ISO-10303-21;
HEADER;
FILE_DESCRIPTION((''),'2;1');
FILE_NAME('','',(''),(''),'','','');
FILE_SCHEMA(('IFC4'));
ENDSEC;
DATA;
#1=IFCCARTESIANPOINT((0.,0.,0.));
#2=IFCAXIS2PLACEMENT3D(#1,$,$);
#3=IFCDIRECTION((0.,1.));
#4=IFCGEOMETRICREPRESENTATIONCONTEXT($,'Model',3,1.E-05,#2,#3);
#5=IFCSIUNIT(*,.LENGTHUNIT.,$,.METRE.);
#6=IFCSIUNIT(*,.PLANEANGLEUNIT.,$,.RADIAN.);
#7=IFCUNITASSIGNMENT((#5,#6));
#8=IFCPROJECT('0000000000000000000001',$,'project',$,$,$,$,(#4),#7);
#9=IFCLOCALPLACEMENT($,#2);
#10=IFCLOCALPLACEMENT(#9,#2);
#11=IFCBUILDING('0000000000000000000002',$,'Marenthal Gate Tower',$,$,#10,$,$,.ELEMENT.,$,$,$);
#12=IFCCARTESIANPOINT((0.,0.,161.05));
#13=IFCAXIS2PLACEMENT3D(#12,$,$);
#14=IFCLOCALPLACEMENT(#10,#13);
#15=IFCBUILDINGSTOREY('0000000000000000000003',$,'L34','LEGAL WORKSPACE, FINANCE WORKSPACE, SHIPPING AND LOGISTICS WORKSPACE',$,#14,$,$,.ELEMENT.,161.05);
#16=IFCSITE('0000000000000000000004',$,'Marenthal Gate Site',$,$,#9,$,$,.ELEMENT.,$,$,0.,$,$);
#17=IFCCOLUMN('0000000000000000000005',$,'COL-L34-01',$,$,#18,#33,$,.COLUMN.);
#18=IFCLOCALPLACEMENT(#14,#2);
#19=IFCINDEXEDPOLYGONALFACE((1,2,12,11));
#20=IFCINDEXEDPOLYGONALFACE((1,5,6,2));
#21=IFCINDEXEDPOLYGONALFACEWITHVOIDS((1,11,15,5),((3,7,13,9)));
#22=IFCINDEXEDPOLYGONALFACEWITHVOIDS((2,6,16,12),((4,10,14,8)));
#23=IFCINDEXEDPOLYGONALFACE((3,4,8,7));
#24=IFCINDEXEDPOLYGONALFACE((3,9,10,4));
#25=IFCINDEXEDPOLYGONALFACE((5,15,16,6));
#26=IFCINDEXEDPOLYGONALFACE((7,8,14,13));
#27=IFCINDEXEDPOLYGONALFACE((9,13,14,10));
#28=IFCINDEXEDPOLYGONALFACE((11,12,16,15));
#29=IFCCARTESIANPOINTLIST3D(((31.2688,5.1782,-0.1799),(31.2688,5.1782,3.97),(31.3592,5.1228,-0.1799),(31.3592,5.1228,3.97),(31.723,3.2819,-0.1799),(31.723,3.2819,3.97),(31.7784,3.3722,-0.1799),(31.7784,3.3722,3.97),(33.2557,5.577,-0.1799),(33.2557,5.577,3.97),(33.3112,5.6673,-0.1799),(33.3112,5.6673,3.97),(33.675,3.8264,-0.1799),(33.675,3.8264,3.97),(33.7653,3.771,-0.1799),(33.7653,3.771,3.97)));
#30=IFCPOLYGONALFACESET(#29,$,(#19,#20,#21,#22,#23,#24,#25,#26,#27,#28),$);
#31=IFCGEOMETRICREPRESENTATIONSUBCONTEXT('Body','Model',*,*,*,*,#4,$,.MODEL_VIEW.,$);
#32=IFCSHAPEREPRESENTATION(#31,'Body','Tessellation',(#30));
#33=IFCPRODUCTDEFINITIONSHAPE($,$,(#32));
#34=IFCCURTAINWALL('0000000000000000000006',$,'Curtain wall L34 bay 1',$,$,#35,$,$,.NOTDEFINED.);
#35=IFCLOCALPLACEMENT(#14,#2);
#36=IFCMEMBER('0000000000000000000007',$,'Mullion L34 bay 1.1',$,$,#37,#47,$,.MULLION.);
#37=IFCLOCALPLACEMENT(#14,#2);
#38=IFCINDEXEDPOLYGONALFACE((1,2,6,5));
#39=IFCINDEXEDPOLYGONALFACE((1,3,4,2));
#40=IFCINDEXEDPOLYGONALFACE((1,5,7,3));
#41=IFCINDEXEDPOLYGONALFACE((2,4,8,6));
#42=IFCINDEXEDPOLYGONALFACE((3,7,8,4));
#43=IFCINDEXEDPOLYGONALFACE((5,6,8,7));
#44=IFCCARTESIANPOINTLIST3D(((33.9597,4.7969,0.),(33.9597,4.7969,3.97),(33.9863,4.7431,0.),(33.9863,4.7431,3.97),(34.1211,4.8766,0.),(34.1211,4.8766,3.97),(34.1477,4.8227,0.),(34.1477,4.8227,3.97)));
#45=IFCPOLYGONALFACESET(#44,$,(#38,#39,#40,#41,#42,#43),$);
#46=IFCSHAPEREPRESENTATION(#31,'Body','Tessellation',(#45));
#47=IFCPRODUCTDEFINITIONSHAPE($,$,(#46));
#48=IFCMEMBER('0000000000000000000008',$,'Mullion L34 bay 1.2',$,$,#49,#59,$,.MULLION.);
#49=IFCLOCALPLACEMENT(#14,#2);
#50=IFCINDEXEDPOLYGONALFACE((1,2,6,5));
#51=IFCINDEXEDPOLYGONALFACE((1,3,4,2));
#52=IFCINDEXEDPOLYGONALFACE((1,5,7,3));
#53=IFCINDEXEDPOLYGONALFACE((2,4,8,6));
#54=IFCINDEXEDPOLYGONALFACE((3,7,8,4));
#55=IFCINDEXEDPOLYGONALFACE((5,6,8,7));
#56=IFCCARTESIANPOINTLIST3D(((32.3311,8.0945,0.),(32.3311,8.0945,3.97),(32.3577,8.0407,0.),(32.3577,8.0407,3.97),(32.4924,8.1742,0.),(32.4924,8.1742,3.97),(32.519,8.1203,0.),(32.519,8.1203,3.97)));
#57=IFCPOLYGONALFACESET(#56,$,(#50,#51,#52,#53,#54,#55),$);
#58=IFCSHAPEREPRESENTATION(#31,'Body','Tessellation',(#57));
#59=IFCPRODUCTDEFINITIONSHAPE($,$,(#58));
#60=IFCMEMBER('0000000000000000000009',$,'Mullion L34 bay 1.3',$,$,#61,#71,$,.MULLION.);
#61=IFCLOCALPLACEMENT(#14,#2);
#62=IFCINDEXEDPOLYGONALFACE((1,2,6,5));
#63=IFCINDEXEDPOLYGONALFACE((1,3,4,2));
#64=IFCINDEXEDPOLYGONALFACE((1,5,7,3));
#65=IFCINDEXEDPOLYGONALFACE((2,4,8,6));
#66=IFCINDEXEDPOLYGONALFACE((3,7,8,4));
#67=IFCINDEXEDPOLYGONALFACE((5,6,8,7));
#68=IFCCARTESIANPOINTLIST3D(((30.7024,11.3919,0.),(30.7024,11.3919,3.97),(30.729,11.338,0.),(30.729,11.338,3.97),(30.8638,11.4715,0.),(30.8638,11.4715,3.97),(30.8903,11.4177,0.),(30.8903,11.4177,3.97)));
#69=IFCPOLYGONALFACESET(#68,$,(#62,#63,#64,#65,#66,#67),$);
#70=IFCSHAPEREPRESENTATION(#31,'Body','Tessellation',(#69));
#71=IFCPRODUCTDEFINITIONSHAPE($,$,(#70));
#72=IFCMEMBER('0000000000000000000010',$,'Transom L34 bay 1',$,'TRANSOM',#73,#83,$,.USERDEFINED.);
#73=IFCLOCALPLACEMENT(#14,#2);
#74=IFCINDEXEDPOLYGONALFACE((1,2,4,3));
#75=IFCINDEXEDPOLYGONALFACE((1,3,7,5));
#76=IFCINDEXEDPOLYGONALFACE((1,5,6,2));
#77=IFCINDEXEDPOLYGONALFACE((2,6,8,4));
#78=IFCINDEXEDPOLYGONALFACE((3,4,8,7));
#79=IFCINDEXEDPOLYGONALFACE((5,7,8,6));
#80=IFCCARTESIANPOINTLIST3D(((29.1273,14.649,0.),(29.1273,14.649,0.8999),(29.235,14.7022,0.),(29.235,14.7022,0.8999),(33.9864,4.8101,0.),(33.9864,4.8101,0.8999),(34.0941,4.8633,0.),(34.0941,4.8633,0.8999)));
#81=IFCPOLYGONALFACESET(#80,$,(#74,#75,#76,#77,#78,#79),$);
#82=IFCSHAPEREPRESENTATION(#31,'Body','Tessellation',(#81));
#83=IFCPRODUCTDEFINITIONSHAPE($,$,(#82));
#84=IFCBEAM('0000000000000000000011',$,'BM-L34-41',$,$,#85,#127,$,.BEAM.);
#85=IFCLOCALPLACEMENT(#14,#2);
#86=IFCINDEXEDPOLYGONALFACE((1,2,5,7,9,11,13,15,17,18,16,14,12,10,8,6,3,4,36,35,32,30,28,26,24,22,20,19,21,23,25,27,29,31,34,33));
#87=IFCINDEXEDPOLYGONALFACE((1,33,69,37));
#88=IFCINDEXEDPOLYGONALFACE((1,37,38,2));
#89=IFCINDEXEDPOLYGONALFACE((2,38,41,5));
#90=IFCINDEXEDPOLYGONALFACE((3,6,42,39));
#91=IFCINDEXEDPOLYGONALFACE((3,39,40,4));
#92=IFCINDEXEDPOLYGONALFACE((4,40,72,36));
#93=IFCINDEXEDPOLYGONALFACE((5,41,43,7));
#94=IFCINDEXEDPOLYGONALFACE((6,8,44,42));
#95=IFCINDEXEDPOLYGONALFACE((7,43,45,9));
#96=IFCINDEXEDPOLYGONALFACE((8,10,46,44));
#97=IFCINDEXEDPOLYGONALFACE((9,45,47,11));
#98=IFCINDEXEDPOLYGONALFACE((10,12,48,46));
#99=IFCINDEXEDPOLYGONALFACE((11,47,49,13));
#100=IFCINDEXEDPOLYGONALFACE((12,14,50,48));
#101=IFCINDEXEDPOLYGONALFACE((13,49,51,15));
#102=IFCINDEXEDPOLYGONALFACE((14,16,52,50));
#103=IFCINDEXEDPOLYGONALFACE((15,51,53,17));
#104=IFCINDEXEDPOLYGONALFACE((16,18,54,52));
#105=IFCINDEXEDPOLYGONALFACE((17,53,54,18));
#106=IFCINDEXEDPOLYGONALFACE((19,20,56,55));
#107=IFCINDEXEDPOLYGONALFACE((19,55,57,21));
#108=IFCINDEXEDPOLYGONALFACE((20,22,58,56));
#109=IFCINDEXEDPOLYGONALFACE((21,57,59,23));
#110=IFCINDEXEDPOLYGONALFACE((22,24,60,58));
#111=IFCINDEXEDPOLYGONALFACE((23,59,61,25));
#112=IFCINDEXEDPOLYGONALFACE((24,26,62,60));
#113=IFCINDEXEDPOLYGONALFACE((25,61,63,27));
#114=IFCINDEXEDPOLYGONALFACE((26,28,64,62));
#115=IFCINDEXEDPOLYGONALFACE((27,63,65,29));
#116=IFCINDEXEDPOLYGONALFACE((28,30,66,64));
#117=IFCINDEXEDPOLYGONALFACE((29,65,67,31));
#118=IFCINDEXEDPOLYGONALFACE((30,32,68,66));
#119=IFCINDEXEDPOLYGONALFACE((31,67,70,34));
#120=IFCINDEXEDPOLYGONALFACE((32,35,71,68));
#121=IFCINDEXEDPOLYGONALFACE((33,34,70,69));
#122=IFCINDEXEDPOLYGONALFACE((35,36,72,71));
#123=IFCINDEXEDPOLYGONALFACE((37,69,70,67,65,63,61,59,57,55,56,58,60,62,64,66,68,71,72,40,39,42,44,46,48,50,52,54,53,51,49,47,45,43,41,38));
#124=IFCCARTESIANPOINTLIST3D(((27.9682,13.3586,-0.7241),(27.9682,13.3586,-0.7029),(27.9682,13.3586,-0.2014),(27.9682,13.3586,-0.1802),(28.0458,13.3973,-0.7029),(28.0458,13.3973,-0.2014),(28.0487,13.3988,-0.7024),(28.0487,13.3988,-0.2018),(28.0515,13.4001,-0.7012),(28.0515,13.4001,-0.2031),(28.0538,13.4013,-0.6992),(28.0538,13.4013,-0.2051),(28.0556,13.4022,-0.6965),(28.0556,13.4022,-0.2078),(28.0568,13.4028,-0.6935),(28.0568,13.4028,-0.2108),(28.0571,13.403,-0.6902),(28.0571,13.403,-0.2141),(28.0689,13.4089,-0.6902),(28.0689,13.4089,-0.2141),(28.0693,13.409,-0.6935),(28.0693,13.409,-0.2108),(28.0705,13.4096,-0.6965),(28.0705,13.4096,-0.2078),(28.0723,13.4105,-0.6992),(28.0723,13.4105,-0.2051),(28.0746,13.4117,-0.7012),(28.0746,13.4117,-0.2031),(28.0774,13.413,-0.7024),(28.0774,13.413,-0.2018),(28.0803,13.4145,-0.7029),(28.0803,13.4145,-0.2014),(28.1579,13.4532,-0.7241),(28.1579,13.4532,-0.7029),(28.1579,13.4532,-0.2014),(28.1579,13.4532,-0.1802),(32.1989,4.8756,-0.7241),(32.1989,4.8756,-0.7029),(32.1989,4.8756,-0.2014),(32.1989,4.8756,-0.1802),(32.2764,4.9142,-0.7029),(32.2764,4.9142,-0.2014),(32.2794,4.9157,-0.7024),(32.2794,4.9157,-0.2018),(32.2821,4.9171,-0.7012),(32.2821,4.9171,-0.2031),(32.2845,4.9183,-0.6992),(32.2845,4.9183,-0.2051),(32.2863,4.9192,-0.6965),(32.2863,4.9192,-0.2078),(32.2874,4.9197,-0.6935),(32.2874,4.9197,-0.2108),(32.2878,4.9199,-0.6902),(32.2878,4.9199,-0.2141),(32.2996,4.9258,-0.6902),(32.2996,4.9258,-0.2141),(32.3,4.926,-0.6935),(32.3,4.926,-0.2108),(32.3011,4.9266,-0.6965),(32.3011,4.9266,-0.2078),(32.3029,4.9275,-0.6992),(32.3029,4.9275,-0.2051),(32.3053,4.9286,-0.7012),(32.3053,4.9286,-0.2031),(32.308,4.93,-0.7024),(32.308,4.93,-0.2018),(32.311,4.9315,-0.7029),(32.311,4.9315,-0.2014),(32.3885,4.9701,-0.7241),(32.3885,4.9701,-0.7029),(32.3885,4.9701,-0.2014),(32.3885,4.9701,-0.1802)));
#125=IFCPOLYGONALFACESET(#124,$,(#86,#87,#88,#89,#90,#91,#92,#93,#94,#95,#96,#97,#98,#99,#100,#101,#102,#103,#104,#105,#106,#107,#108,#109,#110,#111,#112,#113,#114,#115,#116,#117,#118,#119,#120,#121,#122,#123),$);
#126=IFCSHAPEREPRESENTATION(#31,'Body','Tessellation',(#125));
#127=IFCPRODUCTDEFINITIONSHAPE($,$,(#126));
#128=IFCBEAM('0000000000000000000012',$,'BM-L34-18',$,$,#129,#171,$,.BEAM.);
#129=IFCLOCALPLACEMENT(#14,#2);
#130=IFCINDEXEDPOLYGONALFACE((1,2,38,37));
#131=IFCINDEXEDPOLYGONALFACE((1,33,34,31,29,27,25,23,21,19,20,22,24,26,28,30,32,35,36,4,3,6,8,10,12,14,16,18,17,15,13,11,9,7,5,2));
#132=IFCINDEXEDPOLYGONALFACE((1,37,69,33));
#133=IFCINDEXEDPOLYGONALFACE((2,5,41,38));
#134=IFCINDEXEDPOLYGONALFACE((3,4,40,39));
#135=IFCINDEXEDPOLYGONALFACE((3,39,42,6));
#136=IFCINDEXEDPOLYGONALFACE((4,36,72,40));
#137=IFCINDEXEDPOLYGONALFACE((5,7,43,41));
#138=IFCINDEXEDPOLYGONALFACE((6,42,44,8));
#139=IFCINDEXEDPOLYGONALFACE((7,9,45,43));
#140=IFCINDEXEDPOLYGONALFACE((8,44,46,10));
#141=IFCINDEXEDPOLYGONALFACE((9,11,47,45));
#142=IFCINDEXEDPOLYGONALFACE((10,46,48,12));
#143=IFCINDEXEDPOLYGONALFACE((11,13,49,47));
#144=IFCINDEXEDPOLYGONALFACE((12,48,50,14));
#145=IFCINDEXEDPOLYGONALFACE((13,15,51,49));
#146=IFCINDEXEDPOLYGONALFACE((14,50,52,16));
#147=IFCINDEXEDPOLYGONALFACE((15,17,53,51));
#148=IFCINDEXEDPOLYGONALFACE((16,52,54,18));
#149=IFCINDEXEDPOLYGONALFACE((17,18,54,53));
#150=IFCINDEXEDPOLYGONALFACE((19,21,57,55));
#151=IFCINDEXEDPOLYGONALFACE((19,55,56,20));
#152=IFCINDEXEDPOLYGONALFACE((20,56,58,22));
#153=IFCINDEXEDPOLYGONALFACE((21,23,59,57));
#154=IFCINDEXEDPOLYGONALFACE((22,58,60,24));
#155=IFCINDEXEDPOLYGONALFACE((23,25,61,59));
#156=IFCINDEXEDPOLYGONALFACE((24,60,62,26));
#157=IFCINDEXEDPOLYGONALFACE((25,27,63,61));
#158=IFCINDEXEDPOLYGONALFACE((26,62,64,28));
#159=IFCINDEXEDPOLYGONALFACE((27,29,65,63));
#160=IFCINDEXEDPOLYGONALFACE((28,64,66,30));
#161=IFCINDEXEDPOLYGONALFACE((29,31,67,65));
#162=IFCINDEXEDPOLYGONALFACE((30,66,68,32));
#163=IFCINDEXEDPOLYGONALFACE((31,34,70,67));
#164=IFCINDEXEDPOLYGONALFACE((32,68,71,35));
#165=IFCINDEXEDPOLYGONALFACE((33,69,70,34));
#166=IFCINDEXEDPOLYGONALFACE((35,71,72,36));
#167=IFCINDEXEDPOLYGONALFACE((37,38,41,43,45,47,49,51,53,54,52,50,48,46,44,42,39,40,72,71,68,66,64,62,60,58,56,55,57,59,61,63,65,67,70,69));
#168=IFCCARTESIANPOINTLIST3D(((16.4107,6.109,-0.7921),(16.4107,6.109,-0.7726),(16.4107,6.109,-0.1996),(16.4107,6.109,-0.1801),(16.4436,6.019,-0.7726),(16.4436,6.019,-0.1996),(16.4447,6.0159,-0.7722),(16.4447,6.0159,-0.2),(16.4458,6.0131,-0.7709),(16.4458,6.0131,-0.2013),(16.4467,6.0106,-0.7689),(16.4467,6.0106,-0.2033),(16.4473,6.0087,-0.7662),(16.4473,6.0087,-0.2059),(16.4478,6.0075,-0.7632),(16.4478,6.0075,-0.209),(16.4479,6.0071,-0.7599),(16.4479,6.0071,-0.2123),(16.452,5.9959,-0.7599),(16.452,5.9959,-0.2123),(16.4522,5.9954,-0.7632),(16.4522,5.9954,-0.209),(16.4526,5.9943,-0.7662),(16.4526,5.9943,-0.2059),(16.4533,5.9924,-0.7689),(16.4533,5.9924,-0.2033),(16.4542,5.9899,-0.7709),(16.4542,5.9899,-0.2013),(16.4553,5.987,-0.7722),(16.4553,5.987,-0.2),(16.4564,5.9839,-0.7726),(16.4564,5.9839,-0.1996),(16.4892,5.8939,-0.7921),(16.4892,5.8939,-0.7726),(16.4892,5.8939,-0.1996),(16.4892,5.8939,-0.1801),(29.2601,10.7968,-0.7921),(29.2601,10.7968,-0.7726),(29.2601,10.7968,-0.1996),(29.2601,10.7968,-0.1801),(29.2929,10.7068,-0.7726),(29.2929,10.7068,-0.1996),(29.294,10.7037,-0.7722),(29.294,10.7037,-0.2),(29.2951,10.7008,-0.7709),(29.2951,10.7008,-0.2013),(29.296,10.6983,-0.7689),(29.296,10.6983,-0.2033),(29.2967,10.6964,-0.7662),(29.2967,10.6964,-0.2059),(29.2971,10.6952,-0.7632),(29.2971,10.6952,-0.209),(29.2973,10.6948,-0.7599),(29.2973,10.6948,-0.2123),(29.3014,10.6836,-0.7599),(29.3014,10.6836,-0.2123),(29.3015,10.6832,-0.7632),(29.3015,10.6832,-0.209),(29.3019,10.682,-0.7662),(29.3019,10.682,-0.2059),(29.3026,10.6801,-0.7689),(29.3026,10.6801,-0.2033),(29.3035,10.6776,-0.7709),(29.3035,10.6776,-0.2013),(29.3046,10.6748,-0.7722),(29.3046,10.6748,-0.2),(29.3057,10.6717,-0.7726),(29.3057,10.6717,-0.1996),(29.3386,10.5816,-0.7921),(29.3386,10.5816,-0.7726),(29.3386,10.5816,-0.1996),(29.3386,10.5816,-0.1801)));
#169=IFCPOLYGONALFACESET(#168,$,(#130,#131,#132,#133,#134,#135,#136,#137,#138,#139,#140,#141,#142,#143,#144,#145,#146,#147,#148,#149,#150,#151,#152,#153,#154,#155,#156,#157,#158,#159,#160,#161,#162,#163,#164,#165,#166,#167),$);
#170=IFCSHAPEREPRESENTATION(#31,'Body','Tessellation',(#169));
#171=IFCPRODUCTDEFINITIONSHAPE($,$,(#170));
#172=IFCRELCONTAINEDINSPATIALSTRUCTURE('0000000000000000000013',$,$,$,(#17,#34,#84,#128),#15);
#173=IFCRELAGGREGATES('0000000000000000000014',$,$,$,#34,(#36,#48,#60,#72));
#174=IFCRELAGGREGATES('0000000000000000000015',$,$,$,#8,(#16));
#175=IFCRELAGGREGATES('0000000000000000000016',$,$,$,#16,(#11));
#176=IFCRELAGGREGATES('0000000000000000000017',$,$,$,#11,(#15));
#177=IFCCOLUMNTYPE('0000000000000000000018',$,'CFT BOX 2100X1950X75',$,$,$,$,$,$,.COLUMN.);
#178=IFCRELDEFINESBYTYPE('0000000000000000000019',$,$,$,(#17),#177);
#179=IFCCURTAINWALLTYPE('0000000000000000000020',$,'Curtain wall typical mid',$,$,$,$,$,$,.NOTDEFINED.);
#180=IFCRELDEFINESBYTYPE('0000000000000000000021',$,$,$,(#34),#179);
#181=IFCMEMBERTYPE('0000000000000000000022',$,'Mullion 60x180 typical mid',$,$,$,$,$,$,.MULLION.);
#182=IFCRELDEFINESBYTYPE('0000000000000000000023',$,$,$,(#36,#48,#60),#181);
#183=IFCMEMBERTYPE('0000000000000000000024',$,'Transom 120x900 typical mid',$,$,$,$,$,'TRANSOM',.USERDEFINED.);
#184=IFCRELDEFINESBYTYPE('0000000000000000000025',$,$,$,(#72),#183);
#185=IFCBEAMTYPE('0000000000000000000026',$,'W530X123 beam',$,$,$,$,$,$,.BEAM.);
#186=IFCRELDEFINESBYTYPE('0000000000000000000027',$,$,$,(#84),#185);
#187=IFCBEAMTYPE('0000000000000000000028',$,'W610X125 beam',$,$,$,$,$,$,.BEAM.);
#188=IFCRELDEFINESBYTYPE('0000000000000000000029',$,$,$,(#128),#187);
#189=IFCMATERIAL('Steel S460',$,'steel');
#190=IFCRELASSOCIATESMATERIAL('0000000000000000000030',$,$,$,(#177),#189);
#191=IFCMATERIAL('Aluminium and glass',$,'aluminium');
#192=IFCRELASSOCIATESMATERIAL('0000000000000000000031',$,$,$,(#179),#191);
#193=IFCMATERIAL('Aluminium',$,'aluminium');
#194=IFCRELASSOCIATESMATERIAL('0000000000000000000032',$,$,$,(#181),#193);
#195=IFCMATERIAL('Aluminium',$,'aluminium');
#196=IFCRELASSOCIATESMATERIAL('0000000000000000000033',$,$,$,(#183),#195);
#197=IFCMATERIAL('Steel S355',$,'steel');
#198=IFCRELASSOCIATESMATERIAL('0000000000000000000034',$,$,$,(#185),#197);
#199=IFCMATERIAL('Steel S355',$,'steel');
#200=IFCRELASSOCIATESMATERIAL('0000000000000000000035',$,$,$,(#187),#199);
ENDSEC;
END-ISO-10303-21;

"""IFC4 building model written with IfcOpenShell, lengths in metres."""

from ifc_helpers import new_model, si_unit, direction, frame, origin, origin_2d, place, context, subcontext, project, spatial, rectangle, hollow_rectangle, i_section, extrude, material, material_profile, profile_set, type_object, element, aggregate, save


model = new_model("IFC4")

# Units and contexts
model_context = context("Model", 3, precision=1e-05, world=origin(), true_north=direction((0.0, 1.0)))
body_context = subcontext(model_context, "Body", "Model", "MODEL_VIEW")
ifc_project = project(units=[si_unit("LENGTHUNIT", "METRE"), si_unit("PLANEANGLEUNIT", "RADIAN")], contexts=[model_context])

# Site, building, storey
site_placement = place(None, origin())
site = spatial("IfcSite", under=ifc_project, at=site_placement, Name="Marenthal Gate Site", CompositionType="ELEMENT", RefElevation=0.0)
building_placement = place(site_placement, origin())
building = spatial("IfcBuilding", under=site, at=building_placement, Name="Marenthal Gate Tower", CompositionType="ELEMENT")
storey_placement = place(building_placement, frame((0.0, 0.0, 161.05)))
storey = spatial("IfcBuildingStorey", under=building, at=storey_placement, Name="L34", Description="LEGAL WORKSPACE, FINANCE WORKSPACE, SHIPPING AND LOGISTICS WORKSPACE", CompositionType="ELEMENT", Elevation=161.05)

# Column
ifc_material_1 = material(Name="Steel S460", Category="steel")
ifc_material_profile_1 = material_profile(ifc_material_1, hollow_rectangle(XDim=1.95, YDim=2.1001, WallThickness=0.075, at=origin_2d()), Name="CFT BOX 2100X1950X75")
ifc_material_2 = material(Name="Concrete 70 MPa", Category="concrete")
ifc_material_profile_2 = material_profile(ifc_material_2, rectangle(XDim=1.8, YDim=1.95, at=origin_2d()), Name="CFT BOX 2100X1950X75 INFILL")
ifc_profile_set_1 = profile_set([ifc_material_profile_1, ifc_material_profile_2], Name="Steel S460 shell, Concrete 70 MPa infill")
column_type = type_object("IfcColumnType", Name="CFT BOX 2100X1950X75", PredefinedType="COLUMN", material=ifc_profile_set_1)
column_placement = place(storey_placement, frame((32.5171, 4.4746, -0.1799), z_axis=(0.0, 0.0, 1.0), x_axis=(0.232909, -0.972499, 0.0)))
element("IfcColumn", 1, at=column_placement, inside=storey, type_object=column_type, Name="COL-L34-01", PredefinedType="COLUMN", context=body_context, shape_type="SweptSolid", body=[
    extrude(hollow_rectangle(XDim=1.95, YDim=2.1001, WallThickness=0.075, at=origin_2d()), origin(), (0.0, 0.0, 1.0), 4.1499),
])

# Curtain wall, members
ifc_material_3 = material(Name="Aluminium and glass", Category="aluminium")
curtain_wall_type = type_object("IfcCurtainWallType", Name="Curtain wall typical mid", PredefinedType="NOTDEFINED", material=ifc_material_3)
curtain_wall_placement = place(storey_placement, origin())
curtain_wall = element("IfcCurtainWall", 2, at=curtain_wall_placement, inside=storey, type_object=curtain_wall_type, Name="Curtain wall L34 bay 1", PredefinedType="NOTDEFINED")
ifc_material_4 = material(Name="Aluminium", Category="aluminium")
ifc_material_profile_3 = material_profile(ifc_material_4, rectangle(XDim=0.1799, YDim=0.0601, at=origin_2d()), Name="60x180 aluminium mullion")
ifc_profile_set_2 = profile_set([ifc_material_profile_3], Name="Aluminium")
member_type_1 = type_object("IfcMemberType", Name="Mullion 60x180 typical mid", PredefinedType="MULLION", material=ifc_profile_set_2)
member_1_placement = place(storey_placement, frame((34.0537, 4.8098, 0.0), z_axis=(0.0, 0.0, 1.0), x_axis=(-0.896609, -0.442824, 0.0)))
member_1 = element("IfcMember", 3, at=member_1_placement, type_object=member_type_1, Name="Mullion L34 bay 1.1", PredefinedType="MULLION", context=body_context, shape_type="SweptSolid", body=[
    extrude(rectangle(XDim=0.1799, YDim=0.0601, at=origin_2d()), origin(), (0.0, 0.0, 1.0), 3.97),
])
member_2_placement = place(storey_placement, frame((32.425, 8.1074, 0.0), z_axis=(0.0, 0.0, 1.0), x_axis=(-0.896609, -0.442824, 0.0)))
member_2 = element("IfcMember", 4, at=member_2_placement, type_object=member_type_1, Name="Mullion L34 bay 1.2", PredefinedType="MULLION", context=body_context, shape_type="SweptSolid", body=[
    extrude(rectangle(XDim=0.1799, YDim=0.0601, at=origin_2d()), origin(), (0.0, 0.0, 1.0), 3.97),
])
member_3_placement = place(storey_placement, frame((30.7964, 11.4048, 0.0), z_axis=(0.0, 0.0, 1.0), x_axis=(-0.896609, -0.442824, 0.0)))
member_3 = element("IfcMember", 5, at=member_3_placement, type_object=member_type_1, Name="Mullion L34 bay 1.3", PredefinedType="MULLION", context=body_context, shape_type="SweptSolid", body=[
    extrude(rectangle(XDim=0.1799, YDim=0.0601, at=origin_2d()), origin(), (0.0, 0.0, 1.0), 3.97),
])
ifc_material_5 = material(Name="Aluminium", Category="aluminium")
ifc_material_profile_4 = material_profile(ifc_material_5, rectangle(XDim=0.1201, YDim=0.8999, at=origin_2d()), Name="120x900 aluminium transom")
ifc_profile_set_3 = profile_set([ifc_material_profile_4], Name="Aluminium")
member_type_2 = type_object("IfcMemberType", Name="Transom 120x900 typical mid", ElementType="TRANSOM", PredefinedType="USERDEFINED", material=ifc_profile_set_3)
member_4_placement = place(storey_placement, frame((34.0403, 4.8367, 0.45), z_axis=(-0.442812, 0.896615, 0.0), x_axis=(-0.896615, -0.442812, 0.0)))
member_4 = element("IfcMember", 6, at=member_4_placement, type_object=member_type_2, Name="Transom L34 bay 1", ObjectType="TRANSOM", PredefinedType="USERDEFINED", context=body_context, shape_type="SweptSolid", body=[
    extrude(rectangle(XDim=0.1201, YDim=0.8999, at=origin_2d()), origin(), (0.0, 0.0, 1.0), 10.9734),
])

# Beams
ifc_material_6 = material(Name="Steel S355", Category="steel")
ifc_material_profile_5 = material_profile(ifc_material_6, i_section(OverallWidth=0.2119, OverallDepth=0.5439, WebThickness=0.0132, FlangeThickness=0.0212, FilletRadius=0.0127, at=origin_2d()), Name="W530X123")
ifc_profile_set_4 = profile_set([ifc_material_profile_5], Name="Steel S355")
beam_type_1 = type_object("IfcBeamType", Name="W530X123 beam", PredefinedType="BEAM", material=ifc_profile_set_4)
beam_1_placement = place(storey_placement, frame((32.2937, 4.9229, -0.4521), z_axis=(-0.446297, 0.894885, 0.0), x_axis=(-0.894885, -0.446297, 0.0)))
element("IfcBeam", 7, at=beam_1_placement, inside=storey, type_object=beam_type_1, Name="BM-L34-41", PredefinedType="BEAM", context=body_context, shape_type="SweptSolid", body=[
    extrude(i_section(OverallWidth=0.2119, OverallDepth=0.5439, WebThickness=0.0132, FlangeThickness=0.0212, FilletRadius=0.0127, at=origin_2d()), origin(), (0.0, 0.0, 1.0), 9.4795),
])
ifc_material_7 = material(Name="Steel S355", Category="steel")
ifc_material_profile_6 = material_profile(ifc_material_7, i_section(OverallWidth=0.229, OverallDepth=0.6121, WebThickness=0.012, FlangeThickness=0.0195, FilletRadius=0.0127, at=origin_2d()), Name="W610X125")
ifc_profile_set_5 = profile_set([ifc_material_profile_6], Name="Steel S355")
beam_type_2 = type_object("IfcBeamType", Name="W610X125 beam", PredefinedType="BEAM", material=ifc_profile_set_5)
beam_2_placement = place(storey_placement, frame((29.2993, 10.6892, -0.4861), z_axis=(-0.939435, -0.342727, 0.0), x_axis=(0.342727, -0.939435, 0.0)))
element("IfcBeam", 8, at=beam_2_placement, inside=storey, type_object=beam_type_2, Name="BM-L34-18", PredefinedType="BEAM", context=body_context, shape_type="SweptSolid", body=[
    extrude(i_section(OverallWidth=0.229, OverallDepth=0.6121, WebThickness=0.012, FlangeThickness=0.0195, FilletRadius=0.0127, at=origin_2d()), origin(), (0.0, 0.0, 1.0), 13.6777),
])

aggregate(curtain_wall, [member_1, member_2, member_3, member_4])

save(model, "model.ifc")
